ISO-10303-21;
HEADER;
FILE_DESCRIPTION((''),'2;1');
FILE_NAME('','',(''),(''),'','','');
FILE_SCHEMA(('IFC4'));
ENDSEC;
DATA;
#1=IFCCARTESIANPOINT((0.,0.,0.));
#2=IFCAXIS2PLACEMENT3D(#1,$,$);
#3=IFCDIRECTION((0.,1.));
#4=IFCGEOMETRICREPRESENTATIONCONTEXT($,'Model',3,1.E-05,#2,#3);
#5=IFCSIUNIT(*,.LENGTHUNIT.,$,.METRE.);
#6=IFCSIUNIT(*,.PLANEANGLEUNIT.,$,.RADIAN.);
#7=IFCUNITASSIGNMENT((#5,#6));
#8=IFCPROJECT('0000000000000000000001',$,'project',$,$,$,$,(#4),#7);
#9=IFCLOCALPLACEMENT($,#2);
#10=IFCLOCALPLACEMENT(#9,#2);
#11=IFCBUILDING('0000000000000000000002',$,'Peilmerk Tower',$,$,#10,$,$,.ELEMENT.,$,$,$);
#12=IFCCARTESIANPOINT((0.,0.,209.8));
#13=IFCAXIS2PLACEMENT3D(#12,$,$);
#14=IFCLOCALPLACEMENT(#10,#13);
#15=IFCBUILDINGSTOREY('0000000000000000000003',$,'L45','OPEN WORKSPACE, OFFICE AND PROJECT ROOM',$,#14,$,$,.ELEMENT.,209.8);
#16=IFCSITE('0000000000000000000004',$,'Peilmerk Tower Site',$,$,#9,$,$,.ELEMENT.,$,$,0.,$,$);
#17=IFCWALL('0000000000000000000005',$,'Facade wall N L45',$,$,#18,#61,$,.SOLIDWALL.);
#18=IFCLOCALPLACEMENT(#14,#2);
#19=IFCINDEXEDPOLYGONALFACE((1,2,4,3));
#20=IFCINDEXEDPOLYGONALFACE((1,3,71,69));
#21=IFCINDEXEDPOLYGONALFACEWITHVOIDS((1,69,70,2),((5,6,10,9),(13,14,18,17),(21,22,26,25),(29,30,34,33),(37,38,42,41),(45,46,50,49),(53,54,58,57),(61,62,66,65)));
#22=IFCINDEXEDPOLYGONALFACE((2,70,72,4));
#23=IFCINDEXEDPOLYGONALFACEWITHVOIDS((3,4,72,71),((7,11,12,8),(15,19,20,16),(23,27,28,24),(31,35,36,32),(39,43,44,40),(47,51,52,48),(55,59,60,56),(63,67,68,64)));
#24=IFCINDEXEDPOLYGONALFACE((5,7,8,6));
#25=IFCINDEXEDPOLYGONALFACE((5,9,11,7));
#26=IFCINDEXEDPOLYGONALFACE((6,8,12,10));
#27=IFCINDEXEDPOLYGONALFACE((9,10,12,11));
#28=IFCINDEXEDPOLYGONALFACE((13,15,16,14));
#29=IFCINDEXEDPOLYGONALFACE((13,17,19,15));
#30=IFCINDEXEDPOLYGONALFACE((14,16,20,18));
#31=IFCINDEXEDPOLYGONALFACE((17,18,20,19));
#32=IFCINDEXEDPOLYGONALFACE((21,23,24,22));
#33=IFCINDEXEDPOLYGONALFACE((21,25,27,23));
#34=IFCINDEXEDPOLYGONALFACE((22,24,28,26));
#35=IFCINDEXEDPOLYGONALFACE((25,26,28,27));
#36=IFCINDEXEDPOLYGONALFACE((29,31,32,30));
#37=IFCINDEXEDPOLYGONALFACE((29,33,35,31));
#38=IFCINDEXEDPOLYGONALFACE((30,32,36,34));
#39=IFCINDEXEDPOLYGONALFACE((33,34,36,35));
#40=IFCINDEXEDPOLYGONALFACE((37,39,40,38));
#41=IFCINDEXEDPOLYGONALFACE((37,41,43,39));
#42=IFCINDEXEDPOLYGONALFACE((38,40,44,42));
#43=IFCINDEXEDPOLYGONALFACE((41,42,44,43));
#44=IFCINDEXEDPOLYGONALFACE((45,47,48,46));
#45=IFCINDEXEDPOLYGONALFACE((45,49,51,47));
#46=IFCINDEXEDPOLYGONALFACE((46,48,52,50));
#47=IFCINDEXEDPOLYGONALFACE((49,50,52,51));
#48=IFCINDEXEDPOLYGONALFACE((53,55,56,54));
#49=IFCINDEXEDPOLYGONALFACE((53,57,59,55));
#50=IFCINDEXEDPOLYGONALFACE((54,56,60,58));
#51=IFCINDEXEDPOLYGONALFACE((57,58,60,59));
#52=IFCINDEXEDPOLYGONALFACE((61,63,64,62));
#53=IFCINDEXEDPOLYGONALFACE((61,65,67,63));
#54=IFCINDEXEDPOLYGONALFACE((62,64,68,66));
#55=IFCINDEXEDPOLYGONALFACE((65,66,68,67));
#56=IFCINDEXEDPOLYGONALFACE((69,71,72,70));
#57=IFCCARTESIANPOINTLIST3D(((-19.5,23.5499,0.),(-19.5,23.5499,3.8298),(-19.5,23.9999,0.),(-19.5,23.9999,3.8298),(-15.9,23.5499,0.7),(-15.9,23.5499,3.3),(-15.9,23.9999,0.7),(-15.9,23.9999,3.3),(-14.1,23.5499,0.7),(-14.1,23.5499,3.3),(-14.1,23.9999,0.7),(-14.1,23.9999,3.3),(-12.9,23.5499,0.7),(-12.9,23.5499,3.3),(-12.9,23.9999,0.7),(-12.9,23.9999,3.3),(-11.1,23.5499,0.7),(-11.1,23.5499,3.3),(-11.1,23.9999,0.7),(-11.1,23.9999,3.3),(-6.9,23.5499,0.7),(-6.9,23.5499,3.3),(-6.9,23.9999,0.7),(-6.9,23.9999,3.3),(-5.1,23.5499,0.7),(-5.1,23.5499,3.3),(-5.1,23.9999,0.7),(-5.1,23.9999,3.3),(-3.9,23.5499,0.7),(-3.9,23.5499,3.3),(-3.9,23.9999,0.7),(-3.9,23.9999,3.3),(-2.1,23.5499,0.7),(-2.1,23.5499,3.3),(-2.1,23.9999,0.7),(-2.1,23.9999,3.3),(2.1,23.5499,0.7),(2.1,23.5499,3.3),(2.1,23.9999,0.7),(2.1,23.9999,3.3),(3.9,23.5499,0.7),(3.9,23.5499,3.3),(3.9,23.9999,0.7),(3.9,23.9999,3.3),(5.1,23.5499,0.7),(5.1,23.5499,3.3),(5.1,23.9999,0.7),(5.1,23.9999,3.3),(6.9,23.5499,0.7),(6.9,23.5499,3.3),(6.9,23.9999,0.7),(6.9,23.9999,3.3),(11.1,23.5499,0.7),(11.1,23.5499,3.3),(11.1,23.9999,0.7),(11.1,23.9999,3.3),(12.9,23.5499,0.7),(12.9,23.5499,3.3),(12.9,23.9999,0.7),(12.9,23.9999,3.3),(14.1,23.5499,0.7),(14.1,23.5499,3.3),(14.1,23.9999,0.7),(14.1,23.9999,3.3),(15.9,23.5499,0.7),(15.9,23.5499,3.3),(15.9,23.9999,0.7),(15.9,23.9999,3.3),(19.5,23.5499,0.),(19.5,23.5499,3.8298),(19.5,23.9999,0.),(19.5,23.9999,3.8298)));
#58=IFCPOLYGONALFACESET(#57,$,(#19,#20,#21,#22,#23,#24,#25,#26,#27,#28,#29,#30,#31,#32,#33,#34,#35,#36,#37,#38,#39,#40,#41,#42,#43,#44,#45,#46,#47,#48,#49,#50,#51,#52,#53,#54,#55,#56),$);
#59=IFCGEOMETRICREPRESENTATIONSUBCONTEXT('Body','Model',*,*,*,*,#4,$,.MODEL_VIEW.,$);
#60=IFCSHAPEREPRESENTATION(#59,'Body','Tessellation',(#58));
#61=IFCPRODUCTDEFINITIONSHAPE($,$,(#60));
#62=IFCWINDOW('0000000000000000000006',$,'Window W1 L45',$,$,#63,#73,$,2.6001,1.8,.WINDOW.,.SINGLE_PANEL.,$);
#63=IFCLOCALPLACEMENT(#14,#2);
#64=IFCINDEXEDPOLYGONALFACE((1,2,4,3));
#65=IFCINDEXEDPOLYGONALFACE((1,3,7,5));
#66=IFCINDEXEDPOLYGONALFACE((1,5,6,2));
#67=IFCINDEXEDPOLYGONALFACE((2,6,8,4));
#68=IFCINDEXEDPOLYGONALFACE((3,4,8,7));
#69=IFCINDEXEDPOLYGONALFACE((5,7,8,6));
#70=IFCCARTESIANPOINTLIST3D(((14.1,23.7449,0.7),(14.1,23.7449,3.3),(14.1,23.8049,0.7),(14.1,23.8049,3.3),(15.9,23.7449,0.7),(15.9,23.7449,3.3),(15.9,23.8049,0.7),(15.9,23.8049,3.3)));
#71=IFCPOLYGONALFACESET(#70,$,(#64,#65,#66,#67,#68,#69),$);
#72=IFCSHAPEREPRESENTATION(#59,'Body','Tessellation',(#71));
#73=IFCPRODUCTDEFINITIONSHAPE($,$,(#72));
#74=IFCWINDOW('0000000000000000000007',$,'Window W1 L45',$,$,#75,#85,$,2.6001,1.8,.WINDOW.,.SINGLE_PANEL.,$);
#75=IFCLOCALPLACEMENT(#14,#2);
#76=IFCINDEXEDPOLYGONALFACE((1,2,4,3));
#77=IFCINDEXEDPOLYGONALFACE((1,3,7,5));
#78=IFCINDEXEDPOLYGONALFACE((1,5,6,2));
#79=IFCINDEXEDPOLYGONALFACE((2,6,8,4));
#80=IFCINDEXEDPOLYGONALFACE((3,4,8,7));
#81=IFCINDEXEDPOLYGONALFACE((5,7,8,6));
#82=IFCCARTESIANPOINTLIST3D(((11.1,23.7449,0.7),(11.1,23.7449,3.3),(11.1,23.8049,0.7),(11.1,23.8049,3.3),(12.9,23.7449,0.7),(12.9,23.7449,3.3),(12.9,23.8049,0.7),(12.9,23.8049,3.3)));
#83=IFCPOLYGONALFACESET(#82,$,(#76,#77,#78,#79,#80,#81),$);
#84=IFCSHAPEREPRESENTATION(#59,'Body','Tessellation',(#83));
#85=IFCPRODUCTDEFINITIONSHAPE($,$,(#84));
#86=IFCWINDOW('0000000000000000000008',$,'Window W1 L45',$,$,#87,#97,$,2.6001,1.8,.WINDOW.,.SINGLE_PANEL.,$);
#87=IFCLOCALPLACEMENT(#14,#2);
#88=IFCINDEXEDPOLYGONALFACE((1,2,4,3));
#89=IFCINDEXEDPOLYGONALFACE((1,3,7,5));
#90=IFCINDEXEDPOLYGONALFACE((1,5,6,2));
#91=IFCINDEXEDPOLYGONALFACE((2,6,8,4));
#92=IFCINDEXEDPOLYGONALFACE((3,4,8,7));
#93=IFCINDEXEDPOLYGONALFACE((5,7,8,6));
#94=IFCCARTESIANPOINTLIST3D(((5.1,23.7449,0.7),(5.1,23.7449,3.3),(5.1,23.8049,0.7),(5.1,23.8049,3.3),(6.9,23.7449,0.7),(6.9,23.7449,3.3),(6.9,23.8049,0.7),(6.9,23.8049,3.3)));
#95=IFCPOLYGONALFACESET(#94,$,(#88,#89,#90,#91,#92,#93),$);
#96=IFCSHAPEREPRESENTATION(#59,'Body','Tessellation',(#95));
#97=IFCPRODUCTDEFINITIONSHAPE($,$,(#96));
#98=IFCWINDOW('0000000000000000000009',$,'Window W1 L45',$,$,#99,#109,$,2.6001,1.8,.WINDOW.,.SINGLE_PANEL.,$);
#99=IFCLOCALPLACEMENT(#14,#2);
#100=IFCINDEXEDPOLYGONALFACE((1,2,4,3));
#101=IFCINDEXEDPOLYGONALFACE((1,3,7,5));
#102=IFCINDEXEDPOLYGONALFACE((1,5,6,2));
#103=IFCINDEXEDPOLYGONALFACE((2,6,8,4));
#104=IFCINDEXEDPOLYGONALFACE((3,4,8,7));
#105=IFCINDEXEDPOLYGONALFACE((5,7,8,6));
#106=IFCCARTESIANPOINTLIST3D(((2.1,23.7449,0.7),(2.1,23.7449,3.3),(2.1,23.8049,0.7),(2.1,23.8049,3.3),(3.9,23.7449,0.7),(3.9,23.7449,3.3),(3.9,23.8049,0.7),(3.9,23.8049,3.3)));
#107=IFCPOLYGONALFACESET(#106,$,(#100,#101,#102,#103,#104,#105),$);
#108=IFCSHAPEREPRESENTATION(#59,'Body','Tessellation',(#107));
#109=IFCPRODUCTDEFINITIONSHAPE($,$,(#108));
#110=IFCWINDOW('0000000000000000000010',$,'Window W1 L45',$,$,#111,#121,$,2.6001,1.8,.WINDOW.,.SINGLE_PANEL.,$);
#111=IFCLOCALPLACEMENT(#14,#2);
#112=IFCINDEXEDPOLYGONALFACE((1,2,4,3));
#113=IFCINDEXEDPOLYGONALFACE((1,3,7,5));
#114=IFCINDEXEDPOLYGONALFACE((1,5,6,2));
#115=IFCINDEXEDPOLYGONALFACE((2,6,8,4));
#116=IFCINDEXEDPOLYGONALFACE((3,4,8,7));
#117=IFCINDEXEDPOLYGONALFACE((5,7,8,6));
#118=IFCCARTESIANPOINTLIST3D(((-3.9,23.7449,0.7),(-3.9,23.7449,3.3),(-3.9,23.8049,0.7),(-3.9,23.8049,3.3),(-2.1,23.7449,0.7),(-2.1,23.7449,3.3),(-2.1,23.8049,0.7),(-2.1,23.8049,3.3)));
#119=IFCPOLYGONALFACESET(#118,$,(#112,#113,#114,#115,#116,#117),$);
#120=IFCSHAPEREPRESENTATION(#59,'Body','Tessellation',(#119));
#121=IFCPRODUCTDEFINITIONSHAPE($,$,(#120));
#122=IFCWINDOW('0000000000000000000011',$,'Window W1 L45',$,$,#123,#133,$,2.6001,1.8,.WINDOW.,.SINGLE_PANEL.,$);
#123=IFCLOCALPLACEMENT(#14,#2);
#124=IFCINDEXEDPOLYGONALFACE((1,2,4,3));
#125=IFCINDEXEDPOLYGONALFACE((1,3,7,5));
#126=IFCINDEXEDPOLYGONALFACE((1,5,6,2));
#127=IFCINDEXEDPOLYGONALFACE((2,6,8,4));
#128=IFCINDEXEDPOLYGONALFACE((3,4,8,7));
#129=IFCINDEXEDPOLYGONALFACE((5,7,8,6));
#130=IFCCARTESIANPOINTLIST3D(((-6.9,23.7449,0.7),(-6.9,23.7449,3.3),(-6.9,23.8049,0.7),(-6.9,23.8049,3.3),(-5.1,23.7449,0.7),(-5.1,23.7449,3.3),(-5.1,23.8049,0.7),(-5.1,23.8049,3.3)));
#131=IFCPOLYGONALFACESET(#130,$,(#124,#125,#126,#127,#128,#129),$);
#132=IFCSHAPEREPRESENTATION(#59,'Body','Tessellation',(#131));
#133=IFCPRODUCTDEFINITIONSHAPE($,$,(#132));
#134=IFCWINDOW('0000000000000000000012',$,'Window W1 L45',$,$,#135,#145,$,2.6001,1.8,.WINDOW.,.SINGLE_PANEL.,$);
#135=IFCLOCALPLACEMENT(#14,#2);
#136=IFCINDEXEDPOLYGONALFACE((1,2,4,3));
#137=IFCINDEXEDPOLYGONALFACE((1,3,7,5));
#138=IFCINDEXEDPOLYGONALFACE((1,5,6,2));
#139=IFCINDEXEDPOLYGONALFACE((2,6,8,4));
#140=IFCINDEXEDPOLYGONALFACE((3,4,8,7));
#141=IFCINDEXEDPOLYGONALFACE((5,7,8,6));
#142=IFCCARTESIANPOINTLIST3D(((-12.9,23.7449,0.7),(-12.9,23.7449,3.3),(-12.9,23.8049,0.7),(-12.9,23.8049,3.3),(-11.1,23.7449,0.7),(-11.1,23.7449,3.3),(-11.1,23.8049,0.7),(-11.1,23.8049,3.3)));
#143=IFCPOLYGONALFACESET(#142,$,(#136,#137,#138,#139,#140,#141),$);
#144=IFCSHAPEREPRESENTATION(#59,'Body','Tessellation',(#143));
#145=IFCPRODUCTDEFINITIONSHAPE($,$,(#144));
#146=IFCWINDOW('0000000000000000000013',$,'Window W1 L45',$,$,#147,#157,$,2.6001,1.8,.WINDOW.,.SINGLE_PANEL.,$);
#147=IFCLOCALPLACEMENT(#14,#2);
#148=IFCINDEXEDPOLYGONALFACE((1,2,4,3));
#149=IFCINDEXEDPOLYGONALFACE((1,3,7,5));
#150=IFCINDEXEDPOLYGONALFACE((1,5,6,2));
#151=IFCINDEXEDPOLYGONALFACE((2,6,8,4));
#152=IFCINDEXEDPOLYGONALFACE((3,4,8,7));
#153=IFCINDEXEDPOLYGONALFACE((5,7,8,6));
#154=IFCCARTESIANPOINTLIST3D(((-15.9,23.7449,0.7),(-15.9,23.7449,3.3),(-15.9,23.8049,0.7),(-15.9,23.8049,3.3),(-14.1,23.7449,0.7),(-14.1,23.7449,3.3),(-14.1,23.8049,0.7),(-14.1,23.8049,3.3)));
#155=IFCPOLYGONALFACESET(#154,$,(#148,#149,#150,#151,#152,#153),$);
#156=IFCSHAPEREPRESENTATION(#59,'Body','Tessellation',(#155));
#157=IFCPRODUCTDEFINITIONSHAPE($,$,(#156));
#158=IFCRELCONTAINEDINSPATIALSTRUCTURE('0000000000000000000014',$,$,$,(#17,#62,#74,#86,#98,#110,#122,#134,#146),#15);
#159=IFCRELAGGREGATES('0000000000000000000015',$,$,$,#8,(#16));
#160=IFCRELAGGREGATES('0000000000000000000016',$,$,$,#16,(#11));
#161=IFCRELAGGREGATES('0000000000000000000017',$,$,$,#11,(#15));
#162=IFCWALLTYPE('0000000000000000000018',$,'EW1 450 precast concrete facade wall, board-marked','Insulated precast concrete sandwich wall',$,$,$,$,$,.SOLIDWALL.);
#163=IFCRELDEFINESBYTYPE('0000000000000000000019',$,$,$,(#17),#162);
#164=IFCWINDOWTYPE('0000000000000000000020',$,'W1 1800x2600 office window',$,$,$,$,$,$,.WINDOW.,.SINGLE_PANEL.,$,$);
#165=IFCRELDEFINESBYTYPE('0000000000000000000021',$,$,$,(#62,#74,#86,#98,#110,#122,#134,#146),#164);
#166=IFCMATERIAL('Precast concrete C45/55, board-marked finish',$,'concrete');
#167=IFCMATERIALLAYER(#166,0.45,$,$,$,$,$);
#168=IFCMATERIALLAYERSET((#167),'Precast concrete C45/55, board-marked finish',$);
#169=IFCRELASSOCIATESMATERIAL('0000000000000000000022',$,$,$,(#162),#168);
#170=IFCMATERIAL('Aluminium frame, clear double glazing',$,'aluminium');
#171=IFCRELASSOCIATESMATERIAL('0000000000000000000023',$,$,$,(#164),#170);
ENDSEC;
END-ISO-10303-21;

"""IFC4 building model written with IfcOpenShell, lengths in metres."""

from ifc_helpers import new_model, si_unit, direction, frame, frame_2d, origin, place, context, subcontext, project, spatial, rectangle, extrude, material, layer, layer_set, type_object, element, fill, save


model = new_model("IFC4")

# Units and contexts
model_context = context("Model", 3, precision=1e-05, world=origin(), true_north=direction((0.0, 1.0)))
body_context = subcontext(model_context, "Body", "Model", "MODEL_VIEW")
ifc_project = project(units=[si_unit("LENGTHUNIT", "METRE"), si_unit("PLANEANGLEUNIT", "RADIAN")], contexts=[model_context])

# Site, building, storey
site_placement = place(None, origin())
site = spatial("IfcSite", under=ifc_project, at=site_placement, Name="Peilmerk Tower Site", CompositionType="ELEMENT", RefElevation=0.0)
building_placement = place(site_placement, origin())
building = spatial("IfcBuilding", under=site, at=building_placement, Name="Peilmerk Tower", CompositionType="ELEMENT")
storey_placement = place(building_placement, frame((0.0, 0.0, 209.8)))
storey = spatial("IfcBuildingStorey", under=building, at=storey_placement, Name="L45", Description="OPEN WORKSPACE, OFFICE AND PROJECT ROOM", CompositionType="ELEMENT", Elevation=209.8)

# Wall, openings, windows
ifc_material_1 = material(Name="Precast concrete C45/55, board-marked finish", Category="concrete")
ifc_layer_1 = layer(ifc_material_1, 0.45)
ifc_layer_set_1 = layer_set([ifc_layer_1], Name="Precast concrete C45/55, board-marked finish")
wall_type = type_object("IfcWallType", Name="EW1 450 precast concrete facade wall, board-marked", Description="Insulated precast concrete sandwich wall", PredefinedType="SOLIDWALL", material=ifc_layer_set_1)
wall_placement = place(storey_placement, frame((19.5, 23.7749, 0.0), z_axis=(0.0, 0.0, 1.0), x_axis=(-1.0, 0.0, 0.0)))
wall = element("IfcWall", 1, at=wall_placement, inside=storey, type_object=wall_type, Name="Facade wall N L45", PredefinedType="SOLIDWALL", context=body_context, shape_type="SweptSolid", body=[
    extrude(rectangle(XDim=39.0, YDim=0.45, at=frame_2d((19.5, 0.0))), origin(), (0.0, 0.0, 1.0), 3.8298),
])
opening_1_placement = place(wall_placement, frame((3.6001, 0.0, 0.7)))
opening_1 = element("IfcOpeningElement", 2, at=opening_1_placement, cuts=wall, PredefinedType="OPENING", context=body_context, shape_type="SweptSolid", body=[
    extrude(rectangle(XDim=1.8, YDim=2.6001, at=frame_2d((0.8999, 1.3))), frame((0.0, 0.2349, 0.0), z_axis=(0.0, -1.0, 0.0), x_axis=(1.0, 0.0, 0.0)), (0.0, 0.0, 1.0), 0.47),
])
opening_2_placement = place(wall_placement, frame((6.6001, 0.0, 0.7)))
opening_2 = element("IfcOpeningElement", 3, at=opening_2_placement, cuts=wall, PredefinedType="OPENING", context=body_context, shape_type="SweptSolid", body=[
    extrude(rectangle(XDim=1.8, YDim=2.6001, at=frame_2d((0.8999, 1.3))), frame((0.0, 0.2349, 0.0), z_axis=(0.0, -1.0, 0.0), x_axis=(1.0, 0.0, 0.0)), (0.0, 0.0, 1.0), 0.47),
])
opening_3_placement = place(wall_placement, frame((12.6001, 0.0, 0.7)))
opening_3 = element("IfcOpeningElement", 4, at=opening_3_placement, cuts=wall, PredefinedType="OPENING", context=body_context, shape_type="SweptSolid", body=[
    extrude(rectangle(XDim=1.8, YDim=2.6001, at=frame_2d((0.8999, 1.3))), frame((0.0, 0.2349, 0.0), z_axis=(0.0, -1.0, 0.0), x_axis=(1.0, 0.0, 0.0)), (0.0, 0.0, 1.0), 0.47),
])
opening_4_placement = place(wall_placement, frame((15.6001, 0.0, 0.7)))
opening_4 = element("IfcOpeningElement", 5, at=opening_4_placement, cuts=wall, PredefinedType="OPENING", context=body_context, shape_type="SweptSolid", body=[
    extrude(rectangle(XDim=1.8, YDim=2.6001, at=frame_2d((0.8999, 1.3))), frame((0.0, 0.2349, 0.0), z_axis=(0.0, -1.0, 0.0), x_axis=(1.0, 0.0, 0.0)), (0.0, 0.0, 1.0), 0.47),
])
opening_5_placement = place(wall_placement, frame((21.6001, 0.0, 0.7)))
opening_5 = element("IfcOpeningElement", 6, at=opening_5_placement, cuts=wall, PredefinedType="OPENING", context=body_context, shape_type="SweptSolid", body=[
    extrude(rectangle(XDim=1.8, YDim=2.6001, at=frame_2d((0.8999, 1.3))), frame((0.0, 0.2349, 0.0), z_axis=(0.0, -1.0, 0.0), x_axis=(1.0, 0.0, 0.0)), (0.0, 0.0, 1.0), 0.47),
])
opening_6_placement = place(wall_placement, frame((24.6001, 0.0, 0.7)))
opening_6 = element("IfcOpeningElement", 7, at=opening_6_placement, cuts=wall, PredefinedType="OPENING", context=body_context, shape_type="SweptSolid", body=[
    extrude(rectangle(XDim=1.8, YDim=2.6001, at=frame_2d((0.8999, 1.3))), frame((0.0, 0.2349, 0.0), z_axis=(0.0, -1.0, 0.0), x_axis=(1.0, 0.0, 0.0)), (0.0, 0.0, 1.0), 0.47),
])
opening_7_placement = place(wall_placement, frame((30.6001, 0.0, 0.7)))
opening_7 = element("IfcOpeningElement", 8, at=opening_7_placement, cuts=wall, PredefinedType="OPENING", context=body_context, shape_type="SweptSolid", body=[
    extrude(rectangle(XDim=1.8, YDim=2.6001, at=frame_2d((0.8999, 1.3))), frame((0.0, 0.2349, 0.0), z_axis=(0.0, -1.0, 0.0), x_axis=(1.0, 0.0, 0.0)), (0.0, 0.0, 1.0), 0.47),
])
opening_8_placement = place(wall_placement, frame((33.6001, 0.0, 0.7)))
opening_8 = element("IfcOpeningElement", 9, at=opening_8_placement, cuts=wall, PredefinedType="OPENING", context=body_context, shape_type="SweptSolid", body=[
    extrude(rectangle(XDim=1.8, YDim=2.6001, at=frame_2d((0.8999, 1.3))), frame((0.0, 0.2349, 0.0), z_axis=(0.0, -1.0, 0.0), x_axis=(1.0, 0.0, 0.0)), (0.0, 0.0, 1.0), 0.47),
])
ifc_material_2 = material(Name="Aluminium frame, clear double glazing", Category="aluminium")
window_type = type_object("IfcWindowType", Name="W1 1800x2600 office window", PartitioningType="SINGLE_PANEL", PredefinedType="WINDOW", material=ifc_material_2)
window_1_placement = place(opening_1_placement, origin())
window_1 = element("IfcWindow", 10, at=window_1_placement, inside=storey, type_object=window_type, Name="Window W1 L45", OverallHeight=2.6001, OverallWidth=1.8, PartitioningType="SINGLE_PANEL", PredefinedType="WINDOW", context=body_context, shape_type="SweptSolid", body=[
    extrude(rectangle(XDim=1.8, YDim=2.6001, at=frame_2d((0.8999, 1.3))), frame((0.0, 0.03, 0.0), z_axis=(0.0, -1.0, 0.0), x_axis=(1.0, 0.0, 0.0)), (0.0, 0.0, 1.0), 0.0601),
])
fill(opening_1, window_1)
window_2_placement = place(opening_2_placement, origin())
window_2 = element("IfcWindow", 11, at=window_2_placement, inside=storey, type_object=window_type, Name="Window W1 L45", OverallHeight=2.6001, OverallWidth=1.8, PartitioningType="SINGLE_PANEL", PredefinedType="WINDOW", context=body_context, shape_type="SweptSolid", body=[
    extrude(rectangle(XDim=1.8, YDim=2.6001, at=frame_2d((0.8999, 1.3))), frame((0.0, 0.03, 0.0), z_axis=(0.0, -1.0, 0.0), x_axis=(1.0, 0.0, 0.0)), (0.0, 0.0, 1.0), 0.0601),
])
fill(opening_2, window_2)
window_3_placement = place(opening_3_placement, origin())
window_3 = element("IfcWindow", 12, at=window_3_placement, inside=storey, type_object=window_type, Name="Window W1 L45", OverallHeight=2.6001, OverallWidth=1.8, PartitioningType="SINGLE_PANEL", PredefinedType="WINDOW", context=body_context, shape_type="SweptSolid", body=[
    extrude(rectangle(XDim=1.8, YDim=2.6001, at=frame_2d((0.8999, 1.3))), frame((0.0, 0.03, 0.0), z_axis=(0.0, -1.0, 0.0), x_axis=(1.0, 0.0, 0.0)), (0.0, 0.0, 1.0), 0.0601),
])
fill(opening_3, window_3)
window_4_placement = place(opening_4_placement, origin())
window_4 = element("IfcWindow", 13, at=window_4_placement, inside=storey, type_object=window_type, Name="Window W1 L45", OverallHeight=2.6001, OverallWidth=1.8, PartitioningType="SINGLE_PANEL", PredefinedType="WINDOW", context=body_context, shape_type="SweptSolid", body=[
    extrude(rectangle(XDim=1.8, YDim=2.6001, at=frame_2d((0.8999, 1.3))), frame((0.0, 0.03, 0.0), z_axis=(0.0, -1.0, 0.0), x_axis=(1.0, 0.0, 0.0)), (0.0, 0.0, 1.0), 0.0601),
])
fill(opening_4, window_4)
window_5_placement = place(opening_5_placement, origin())
window_5 = element("IfcWindow", 14, at=window_5_placement, inside=storey, type_object=window_type, Name="Window W1 L45", OverallHeight=2.6001, OverallWidth=1.8, PartitioningType="SINGLE_PANEL", PredefinedType="WINDOW", context=body_context, shape_type="SweptSolid", body=[
    extrude(rectangle(XDim=1.8, YDim=2.6001, at=frame_2d((0.8999, 1.3))), frame((0.0, 0.03, 0.0), z_axis=(0.0, -1.0, 0.0), x_axis=(1.0, 0.0, 0.0)), (0.0, 0.0, 1.0), 0.0601),
])
fill(opening_5, window_5)
window_6_placement = place(opening_6_placement, origin())
window_6 = element("IfcWindow", 15, at=window_6_placement, inside=storey, type_object=window_type, Name="Window W1 L45", OverallHeight=2.6001, OverallWidth=1.8, PartitioningType="SINGLE_PANEL", PredefinedType="WINDOW", context=body_context, shape_type="SweptSolid", body=[
    extrude(rectangle(XDim=1.8, YDim=2.6001, at=frame_2d((0.8999, 1.3))), frame((0.0, 0.03, 0.0), z_axis=(0.0, -1.0, 0.0), x_axis=(1.0, 0.0, 0.0)), (0.0, 0.0, 1.0), 0.0601),
])
fill(opening_6, window_6)
window_7_placement = place(opening_7_placement, origin())
window_7 = element("IfcWindow", 16, at=window_7_placement, inside=storey, type_object=window_type, Name="Window W1 L45", OverallHeight=2.6001, OverallWidth=1.8, PartitioningType="SINGLE_PANEL", PredefinedType="WINDOW", context=body_context, shape_type="SweptSolid", body=[
    extrude(rectangle(XDim=1.8, YDim=2.6001, at=frame_2d((0.8999, 1.3))), frame((0.0, 0.03, 0.0), z_axis=(0.0, -1.0, 0.0), x_axis=(1.0, 0.0, 0.0)), (0.0, 0.0, 1.0), 0.0601),
])
fill(opening_7, window_7)
window_8_placement = place(opening_8_placement, origin())
window_8 = element("IfcWindow", 17, at=window_8_placement, inside=storey, type_object=window_type, Name="Window W1 L45", OverallHeight=2.6001, OverallWidth=1.8, PartitioningType="SINGLE_PANEL", PredefinedType="WINDOW", context=body_context, shape_type="SweptSolid", body=[
    extrude(rectangle(XDim=1.8, YDim=2.6001, at=frame_2d((0.8999, 1.3))), frame((0.0, 0.03, 0.0), z_axis=(0.0, -1.0, 0.0), x_axis=(1.0, 0.0, 0.0)), (0.0, 0.0, 1.0), 0.0601),
])
fill(opening_8, window_8)

save(model, "model.ifc")
